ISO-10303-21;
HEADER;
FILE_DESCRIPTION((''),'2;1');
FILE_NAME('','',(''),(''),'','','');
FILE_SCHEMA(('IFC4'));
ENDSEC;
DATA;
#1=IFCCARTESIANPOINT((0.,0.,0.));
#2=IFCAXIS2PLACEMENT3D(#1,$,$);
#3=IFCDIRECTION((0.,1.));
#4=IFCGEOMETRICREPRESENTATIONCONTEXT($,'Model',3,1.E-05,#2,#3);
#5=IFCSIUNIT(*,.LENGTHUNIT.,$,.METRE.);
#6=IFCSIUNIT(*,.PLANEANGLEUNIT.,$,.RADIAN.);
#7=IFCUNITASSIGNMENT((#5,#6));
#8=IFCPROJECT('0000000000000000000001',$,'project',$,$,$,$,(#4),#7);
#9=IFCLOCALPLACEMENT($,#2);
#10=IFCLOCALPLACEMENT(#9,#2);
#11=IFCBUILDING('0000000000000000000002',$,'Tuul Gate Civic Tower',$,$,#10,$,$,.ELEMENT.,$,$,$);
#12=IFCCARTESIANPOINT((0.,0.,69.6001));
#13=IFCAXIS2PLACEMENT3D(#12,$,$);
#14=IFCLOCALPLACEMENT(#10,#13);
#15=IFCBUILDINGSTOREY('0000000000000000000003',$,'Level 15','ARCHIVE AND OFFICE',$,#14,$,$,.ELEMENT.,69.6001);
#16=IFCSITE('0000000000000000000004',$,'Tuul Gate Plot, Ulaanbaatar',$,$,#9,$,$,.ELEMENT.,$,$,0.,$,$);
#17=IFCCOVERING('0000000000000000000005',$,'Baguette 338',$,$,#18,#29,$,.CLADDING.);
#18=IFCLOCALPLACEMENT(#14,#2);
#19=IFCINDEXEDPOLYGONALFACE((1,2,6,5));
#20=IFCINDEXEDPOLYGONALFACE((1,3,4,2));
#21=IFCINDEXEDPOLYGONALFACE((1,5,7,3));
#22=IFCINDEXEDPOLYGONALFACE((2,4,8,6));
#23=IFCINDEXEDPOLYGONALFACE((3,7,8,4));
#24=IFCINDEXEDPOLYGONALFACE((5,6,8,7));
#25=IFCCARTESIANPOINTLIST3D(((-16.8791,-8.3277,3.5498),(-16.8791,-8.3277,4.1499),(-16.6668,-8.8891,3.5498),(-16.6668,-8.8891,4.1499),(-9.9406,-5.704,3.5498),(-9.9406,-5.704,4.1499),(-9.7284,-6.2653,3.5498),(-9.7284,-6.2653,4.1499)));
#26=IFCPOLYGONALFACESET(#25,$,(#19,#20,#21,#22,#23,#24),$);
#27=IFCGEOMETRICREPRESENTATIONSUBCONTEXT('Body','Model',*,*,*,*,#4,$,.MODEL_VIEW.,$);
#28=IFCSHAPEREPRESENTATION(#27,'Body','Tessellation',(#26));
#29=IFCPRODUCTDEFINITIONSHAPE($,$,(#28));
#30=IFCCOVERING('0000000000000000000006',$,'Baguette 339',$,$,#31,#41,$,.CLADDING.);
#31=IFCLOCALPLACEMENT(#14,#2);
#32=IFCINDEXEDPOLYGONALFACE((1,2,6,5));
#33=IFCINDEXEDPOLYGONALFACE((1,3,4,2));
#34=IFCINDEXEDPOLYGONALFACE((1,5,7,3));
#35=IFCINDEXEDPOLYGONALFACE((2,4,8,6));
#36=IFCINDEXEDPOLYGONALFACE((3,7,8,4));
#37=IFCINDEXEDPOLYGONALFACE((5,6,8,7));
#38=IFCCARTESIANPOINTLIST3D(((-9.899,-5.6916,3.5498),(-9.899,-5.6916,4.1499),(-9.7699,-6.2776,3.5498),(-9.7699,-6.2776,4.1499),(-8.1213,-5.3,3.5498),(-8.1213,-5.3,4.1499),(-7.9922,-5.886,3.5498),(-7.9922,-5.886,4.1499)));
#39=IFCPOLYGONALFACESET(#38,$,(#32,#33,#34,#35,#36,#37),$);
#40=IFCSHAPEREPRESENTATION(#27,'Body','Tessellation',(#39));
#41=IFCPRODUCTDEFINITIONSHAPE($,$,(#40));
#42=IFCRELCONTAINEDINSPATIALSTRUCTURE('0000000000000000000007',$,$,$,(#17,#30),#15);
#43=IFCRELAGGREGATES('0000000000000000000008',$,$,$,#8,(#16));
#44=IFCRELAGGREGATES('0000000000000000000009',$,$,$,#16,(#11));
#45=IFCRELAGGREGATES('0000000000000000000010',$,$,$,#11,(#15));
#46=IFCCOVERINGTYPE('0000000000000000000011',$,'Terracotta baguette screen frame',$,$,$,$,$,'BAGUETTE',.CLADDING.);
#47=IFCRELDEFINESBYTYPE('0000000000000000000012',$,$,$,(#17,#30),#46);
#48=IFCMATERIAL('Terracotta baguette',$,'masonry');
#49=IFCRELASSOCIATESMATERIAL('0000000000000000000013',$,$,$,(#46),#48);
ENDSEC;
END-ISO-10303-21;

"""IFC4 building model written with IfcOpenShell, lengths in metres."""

from ifc_helpers import new_model, si_unit, direction, frame, origin, origin_2d, place, context, subcontext, project, spatial, rectangle, extrude, material, material_profile, profile_set, type_object, element, save


model = new_model("IFC4")

# Units and contexts
model_context = context("Model", 3, precision=1e-05, world=origin(), true_north=direction((0.0, 1.0)))
body_context = subcontext(model_context, "Body", "Model", "MODEL_VIEW")
ifc_project = project(units=[si_unit("LENGTHUNIT", "METRE"), si_unit("PLANEANGLEUNIT", "RADIAN")], contexts=[model_context])

# Site, building, storey
site_placement = place(None, origin())
site = spatial("IfcSite", under=ifc_project, at=site_placement, Name="Tuul Gate Plot, Ulaanbaatar", CompositionType="ELEMENT", RefElevation=0.0)
building_placement = place(site_placement, origin())
building = spatial("IfcBuilding", under=site, at=building_placement, Name="Tuul Gate Civic Tower", CompositionType="ELEMENT")
storey_placement = place(building_placement, frame((0.0, 0.0, 69.6001)))
storey = spatial("IfcBuildingStorey", under=building, at=storey_placement, Name="Level 15", Description="ARCHIVE AND OFFICE", CompositionType="ELEMENT", Elevation=69.6001)

# Coverings
ifc_material_1 = material(Name="Terracotta baguette", Category="masonry")
ifc_material_profile_1 = material_profile(ifc_material_1, rectangle(XDim=0.6001, YDim=0.6001, at=origin_2d()), Name="Terracotta baguette screen frame")
ifc_profile_set_1 = profile_set([ifc_material_profile_1], Name="Terracotta baguette")
covering_type = type_object("IfcCoveringType", Name="Terracotta baguette screen frame", ElementType="BAGUETTE", PredefinedType="CLADDING", material=ifc_profile_set_1)
for number, where, z_axis, x_axis, name in (
    (1, (-16.7729, -8.6084, 3.8499), (0.935357, 0.353705, 0.0), (-0.353705, 0.935357, 0.0), "Baguette 338"),
):
    element("IfcCovering", number, at=place(storey_placement, frame(where, z_axis=z_axis, x_axis=x_axis)), inside=storey, type_object=covering_type, Name=name, PredefinedType="CLADDING", context=body_context, shape_type="SweptSolid", body=[
        extrude(rectangle(XDim=0.6001, YDim=0.6001, at=origin_2d()), origin(), (0.0, 0.0, 1.0), 7.418),
    ])
covering_1_placement = place(storey_placement, frame((-9.8345, -5.9846, 3.8499), z_axis=(0.976583, 0.215141, 0.0), x_axis=(-0.215141, 0.976583, 0.0)))
element("IfcCovering", 2, at=covering_1_placement, inside=storey, type_object=covering_type, Name="Baguette 339", PredefinedType="CLADDING", context=body_context, shape_type="SweptSolid", body=[
    extrude(rectangle(XDim=0.6001, YDim=0.6001, at=origin_2d()), origin(), (0.0, 0.0, 1.0), 1.8203),
])

save(model, "model.ifc")
